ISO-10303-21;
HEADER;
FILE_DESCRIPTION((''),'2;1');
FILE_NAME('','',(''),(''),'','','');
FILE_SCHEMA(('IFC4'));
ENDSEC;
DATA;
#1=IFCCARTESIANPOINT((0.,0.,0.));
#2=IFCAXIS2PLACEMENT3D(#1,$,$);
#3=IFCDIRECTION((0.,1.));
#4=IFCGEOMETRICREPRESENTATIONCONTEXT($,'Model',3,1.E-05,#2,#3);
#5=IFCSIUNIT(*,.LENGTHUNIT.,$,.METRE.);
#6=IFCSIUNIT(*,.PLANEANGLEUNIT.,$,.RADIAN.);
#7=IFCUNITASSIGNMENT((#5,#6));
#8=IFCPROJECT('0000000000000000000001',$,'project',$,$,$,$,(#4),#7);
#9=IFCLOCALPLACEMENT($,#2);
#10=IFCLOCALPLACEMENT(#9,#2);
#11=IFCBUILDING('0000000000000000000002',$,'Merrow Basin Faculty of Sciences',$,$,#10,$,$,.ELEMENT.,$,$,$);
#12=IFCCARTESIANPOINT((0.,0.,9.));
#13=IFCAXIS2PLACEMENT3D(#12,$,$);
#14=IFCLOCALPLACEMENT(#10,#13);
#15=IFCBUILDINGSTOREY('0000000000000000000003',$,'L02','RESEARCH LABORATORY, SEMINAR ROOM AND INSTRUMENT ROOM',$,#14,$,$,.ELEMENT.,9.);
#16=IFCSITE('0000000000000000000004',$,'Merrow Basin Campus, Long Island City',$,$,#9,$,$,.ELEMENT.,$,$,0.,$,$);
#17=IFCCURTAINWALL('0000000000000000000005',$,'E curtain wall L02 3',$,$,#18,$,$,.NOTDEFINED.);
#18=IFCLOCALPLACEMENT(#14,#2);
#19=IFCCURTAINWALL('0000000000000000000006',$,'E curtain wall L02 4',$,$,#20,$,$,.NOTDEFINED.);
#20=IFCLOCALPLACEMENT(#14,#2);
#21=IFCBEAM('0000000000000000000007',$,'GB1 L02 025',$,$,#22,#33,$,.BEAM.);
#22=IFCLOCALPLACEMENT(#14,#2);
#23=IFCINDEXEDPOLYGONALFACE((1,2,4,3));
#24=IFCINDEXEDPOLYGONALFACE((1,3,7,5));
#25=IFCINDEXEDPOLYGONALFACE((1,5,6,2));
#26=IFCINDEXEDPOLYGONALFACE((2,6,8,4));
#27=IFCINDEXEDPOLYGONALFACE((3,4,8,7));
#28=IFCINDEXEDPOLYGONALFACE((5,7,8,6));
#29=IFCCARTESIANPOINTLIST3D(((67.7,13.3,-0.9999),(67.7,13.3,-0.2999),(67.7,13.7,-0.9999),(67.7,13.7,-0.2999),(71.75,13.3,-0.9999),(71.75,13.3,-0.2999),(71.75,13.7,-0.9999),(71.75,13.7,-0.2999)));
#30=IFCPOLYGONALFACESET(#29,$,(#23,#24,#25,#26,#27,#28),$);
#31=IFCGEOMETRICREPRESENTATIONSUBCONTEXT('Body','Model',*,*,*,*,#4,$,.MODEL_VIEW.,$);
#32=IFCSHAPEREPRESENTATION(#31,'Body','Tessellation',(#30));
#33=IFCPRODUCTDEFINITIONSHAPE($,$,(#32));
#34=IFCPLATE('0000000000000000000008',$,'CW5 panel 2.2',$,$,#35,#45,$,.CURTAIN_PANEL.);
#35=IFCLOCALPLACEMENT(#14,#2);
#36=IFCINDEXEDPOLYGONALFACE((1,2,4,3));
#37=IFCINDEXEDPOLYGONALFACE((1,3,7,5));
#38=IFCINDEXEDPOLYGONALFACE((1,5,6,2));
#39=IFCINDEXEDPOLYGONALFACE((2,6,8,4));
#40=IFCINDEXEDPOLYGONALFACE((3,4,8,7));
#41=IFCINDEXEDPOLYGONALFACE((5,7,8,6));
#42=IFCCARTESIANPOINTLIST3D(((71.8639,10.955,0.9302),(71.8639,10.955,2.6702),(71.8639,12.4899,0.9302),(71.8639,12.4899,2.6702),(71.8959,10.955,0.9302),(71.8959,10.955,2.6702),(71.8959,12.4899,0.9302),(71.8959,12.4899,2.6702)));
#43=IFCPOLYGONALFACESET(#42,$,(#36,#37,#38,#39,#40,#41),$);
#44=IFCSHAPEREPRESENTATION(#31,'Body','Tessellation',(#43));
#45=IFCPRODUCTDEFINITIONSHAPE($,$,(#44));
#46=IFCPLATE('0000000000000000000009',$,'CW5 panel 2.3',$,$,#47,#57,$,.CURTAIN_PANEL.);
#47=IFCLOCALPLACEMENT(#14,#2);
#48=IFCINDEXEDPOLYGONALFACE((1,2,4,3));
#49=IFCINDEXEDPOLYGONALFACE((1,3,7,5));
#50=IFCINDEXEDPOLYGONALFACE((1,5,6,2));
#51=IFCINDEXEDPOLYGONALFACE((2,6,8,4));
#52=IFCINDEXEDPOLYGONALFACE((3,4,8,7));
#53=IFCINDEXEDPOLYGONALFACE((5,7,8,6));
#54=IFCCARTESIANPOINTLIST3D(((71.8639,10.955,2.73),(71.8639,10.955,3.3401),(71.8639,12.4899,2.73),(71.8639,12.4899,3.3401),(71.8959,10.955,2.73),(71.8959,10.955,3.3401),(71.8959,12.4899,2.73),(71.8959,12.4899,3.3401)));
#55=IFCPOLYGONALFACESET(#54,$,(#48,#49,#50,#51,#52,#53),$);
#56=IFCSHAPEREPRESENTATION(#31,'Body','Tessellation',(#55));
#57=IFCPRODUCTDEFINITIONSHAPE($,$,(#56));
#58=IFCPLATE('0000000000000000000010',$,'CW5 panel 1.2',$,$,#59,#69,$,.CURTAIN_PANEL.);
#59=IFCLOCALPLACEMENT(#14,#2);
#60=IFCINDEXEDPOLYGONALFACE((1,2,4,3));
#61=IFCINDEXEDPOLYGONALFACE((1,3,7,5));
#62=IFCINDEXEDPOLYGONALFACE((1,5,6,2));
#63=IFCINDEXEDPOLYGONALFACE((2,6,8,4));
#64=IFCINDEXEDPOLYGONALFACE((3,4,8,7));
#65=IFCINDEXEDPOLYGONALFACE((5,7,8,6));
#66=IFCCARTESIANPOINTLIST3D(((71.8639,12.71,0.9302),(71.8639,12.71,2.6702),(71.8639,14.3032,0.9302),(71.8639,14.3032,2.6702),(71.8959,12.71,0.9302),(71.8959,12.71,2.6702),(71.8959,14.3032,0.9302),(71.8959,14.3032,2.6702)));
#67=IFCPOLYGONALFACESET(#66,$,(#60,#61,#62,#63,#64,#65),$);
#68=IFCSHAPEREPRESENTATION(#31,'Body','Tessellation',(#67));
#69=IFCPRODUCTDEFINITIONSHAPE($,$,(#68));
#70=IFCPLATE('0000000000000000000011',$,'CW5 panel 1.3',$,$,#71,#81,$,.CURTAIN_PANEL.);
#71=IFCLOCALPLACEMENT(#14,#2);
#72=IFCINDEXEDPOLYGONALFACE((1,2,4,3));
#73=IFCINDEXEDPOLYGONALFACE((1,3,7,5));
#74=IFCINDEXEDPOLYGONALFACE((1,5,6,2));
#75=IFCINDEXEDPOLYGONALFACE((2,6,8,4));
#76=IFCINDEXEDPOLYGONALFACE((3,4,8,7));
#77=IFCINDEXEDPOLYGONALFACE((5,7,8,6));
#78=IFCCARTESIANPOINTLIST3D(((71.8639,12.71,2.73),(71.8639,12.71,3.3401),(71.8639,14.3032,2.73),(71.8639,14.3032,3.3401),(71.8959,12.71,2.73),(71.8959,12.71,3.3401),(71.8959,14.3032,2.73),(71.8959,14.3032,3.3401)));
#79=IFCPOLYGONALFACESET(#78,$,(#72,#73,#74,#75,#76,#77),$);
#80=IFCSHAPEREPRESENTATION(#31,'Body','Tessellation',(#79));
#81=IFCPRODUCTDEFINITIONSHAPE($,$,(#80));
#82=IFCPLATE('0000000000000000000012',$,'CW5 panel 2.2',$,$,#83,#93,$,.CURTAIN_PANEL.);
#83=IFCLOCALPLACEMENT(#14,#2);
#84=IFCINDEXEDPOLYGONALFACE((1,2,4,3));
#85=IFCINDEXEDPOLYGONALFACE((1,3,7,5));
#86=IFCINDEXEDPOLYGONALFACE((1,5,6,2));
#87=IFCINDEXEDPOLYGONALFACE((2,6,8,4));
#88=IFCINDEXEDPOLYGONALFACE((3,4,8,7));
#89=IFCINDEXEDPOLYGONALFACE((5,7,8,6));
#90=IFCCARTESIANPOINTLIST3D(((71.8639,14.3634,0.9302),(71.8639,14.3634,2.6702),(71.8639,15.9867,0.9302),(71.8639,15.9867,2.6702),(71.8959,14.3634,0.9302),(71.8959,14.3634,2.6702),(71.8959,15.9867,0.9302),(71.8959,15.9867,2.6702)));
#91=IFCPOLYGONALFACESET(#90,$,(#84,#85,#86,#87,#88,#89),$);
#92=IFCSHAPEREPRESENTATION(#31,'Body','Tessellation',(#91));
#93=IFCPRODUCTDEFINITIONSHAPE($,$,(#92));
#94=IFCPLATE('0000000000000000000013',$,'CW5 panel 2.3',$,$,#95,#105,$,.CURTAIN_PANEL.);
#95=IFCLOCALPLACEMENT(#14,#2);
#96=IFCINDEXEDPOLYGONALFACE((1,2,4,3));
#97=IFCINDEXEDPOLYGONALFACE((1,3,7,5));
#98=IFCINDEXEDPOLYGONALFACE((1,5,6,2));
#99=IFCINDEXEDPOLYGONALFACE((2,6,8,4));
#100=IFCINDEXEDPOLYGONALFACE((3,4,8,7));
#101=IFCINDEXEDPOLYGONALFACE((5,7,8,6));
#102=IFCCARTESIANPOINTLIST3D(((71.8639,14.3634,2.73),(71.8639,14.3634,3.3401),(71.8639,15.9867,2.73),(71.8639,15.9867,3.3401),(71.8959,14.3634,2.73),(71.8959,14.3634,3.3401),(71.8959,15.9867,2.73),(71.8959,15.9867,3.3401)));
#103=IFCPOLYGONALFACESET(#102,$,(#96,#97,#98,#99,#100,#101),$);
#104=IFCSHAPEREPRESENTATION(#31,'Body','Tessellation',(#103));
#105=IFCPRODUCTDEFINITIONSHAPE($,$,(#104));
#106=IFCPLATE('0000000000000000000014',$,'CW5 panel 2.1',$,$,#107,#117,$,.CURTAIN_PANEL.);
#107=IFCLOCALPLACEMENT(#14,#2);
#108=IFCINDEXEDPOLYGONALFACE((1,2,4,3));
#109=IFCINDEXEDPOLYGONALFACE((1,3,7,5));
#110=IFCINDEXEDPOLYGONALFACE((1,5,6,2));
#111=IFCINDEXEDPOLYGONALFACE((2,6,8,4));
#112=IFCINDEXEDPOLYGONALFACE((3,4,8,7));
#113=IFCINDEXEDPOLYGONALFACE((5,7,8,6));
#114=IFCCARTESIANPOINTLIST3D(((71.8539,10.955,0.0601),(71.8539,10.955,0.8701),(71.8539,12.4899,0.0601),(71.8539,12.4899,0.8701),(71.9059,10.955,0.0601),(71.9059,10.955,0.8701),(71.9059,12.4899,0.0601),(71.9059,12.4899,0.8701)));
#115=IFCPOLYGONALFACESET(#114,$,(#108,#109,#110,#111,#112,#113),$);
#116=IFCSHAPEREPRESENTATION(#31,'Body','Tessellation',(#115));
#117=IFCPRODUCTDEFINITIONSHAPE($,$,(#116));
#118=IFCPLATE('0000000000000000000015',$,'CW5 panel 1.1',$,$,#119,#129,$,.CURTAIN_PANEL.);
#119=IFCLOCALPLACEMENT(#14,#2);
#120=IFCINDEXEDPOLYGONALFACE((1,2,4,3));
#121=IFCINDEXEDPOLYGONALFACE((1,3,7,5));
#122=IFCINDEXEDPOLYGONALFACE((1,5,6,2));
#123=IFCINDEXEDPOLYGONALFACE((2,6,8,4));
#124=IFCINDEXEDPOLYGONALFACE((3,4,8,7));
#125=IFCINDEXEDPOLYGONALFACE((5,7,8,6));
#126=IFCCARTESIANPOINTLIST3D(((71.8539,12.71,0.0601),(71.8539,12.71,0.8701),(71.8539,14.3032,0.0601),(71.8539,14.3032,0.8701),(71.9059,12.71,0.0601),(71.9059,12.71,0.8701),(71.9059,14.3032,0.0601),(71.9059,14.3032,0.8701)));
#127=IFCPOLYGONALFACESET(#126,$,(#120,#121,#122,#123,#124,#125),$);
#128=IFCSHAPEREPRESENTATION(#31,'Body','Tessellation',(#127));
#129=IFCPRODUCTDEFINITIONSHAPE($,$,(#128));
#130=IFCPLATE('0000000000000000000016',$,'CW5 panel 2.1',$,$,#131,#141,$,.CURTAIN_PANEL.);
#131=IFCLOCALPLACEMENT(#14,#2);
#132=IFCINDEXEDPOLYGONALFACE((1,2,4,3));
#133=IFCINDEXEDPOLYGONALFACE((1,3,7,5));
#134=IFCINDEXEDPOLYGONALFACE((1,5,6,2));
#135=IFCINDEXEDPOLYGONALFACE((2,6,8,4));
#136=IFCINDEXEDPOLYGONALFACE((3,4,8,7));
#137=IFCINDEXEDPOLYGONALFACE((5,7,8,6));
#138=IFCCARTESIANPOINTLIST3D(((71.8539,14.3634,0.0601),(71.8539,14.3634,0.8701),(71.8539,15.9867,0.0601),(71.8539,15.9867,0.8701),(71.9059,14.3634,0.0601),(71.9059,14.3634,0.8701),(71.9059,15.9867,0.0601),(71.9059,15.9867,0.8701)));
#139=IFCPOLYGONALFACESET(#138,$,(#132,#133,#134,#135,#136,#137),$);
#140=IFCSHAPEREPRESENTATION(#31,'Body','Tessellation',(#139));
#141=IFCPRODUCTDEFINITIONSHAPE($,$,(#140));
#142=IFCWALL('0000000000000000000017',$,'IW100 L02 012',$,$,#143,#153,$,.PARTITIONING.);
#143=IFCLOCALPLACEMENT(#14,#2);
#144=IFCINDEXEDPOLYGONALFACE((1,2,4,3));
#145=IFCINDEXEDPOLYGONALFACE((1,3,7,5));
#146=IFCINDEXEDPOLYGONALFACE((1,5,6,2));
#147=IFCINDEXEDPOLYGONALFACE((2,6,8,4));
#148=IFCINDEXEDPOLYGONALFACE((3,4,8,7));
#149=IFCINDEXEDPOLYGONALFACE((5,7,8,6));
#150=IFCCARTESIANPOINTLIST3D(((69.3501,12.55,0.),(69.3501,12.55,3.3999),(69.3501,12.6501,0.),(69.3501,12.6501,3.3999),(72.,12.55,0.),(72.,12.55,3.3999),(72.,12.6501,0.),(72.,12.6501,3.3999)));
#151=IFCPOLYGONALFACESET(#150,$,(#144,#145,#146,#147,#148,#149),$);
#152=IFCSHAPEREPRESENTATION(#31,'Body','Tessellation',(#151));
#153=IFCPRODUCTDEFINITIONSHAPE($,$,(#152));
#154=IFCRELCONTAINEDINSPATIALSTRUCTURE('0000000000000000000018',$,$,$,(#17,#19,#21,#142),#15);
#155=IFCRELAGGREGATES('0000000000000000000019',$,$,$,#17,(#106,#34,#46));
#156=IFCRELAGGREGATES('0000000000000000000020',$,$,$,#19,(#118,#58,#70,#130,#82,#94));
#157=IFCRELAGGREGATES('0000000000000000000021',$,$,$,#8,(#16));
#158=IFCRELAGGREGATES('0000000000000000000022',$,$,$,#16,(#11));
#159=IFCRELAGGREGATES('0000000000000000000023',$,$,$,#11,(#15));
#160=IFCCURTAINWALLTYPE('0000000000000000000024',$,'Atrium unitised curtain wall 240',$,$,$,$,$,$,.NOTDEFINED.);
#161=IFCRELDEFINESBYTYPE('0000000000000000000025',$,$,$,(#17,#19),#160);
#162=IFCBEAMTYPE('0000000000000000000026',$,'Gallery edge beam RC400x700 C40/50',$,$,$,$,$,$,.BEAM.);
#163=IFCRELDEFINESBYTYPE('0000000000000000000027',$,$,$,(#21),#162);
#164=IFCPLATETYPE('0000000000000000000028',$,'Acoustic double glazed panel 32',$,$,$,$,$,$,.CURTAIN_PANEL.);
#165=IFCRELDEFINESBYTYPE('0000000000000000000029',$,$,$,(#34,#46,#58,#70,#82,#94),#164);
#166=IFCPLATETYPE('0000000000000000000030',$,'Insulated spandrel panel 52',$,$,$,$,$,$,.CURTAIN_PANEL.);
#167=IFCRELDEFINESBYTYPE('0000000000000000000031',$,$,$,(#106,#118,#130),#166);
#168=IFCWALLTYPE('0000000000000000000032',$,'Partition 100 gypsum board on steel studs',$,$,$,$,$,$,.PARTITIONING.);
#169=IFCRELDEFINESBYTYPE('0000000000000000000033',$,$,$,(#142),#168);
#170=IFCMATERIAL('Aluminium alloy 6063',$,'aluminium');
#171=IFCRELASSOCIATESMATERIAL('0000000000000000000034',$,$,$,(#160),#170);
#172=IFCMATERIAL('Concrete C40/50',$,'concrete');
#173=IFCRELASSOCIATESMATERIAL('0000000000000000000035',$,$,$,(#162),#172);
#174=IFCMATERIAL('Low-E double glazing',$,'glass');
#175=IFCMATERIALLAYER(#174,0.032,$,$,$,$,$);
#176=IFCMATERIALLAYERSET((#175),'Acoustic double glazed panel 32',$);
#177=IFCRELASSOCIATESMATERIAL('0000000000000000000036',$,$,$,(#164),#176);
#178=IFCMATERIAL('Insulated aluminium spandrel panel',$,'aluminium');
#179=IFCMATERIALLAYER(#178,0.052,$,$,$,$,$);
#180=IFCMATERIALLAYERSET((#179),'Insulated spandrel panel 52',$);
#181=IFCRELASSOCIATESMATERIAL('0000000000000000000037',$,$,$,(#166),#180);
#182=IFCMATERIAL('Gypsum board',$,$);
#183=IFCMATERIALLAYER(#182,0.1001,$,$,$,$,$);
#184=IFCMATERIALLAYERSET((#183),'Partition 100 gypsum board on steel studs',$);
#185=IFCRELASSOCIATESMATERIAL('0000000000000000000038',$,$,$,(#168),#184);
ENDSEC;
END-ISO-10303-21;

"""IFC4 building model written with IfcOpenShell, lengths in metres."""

from ifc_helpers import new_model, si_unit, direction, frame, frame_2d, origin, origin_2d, place, context, subcontext, project, spatial, rectangle, extrude, material, layer, layer_set, material_profile, profile_set, type_object, element, aggregate, save


model = new_model("IFC4")

# Units and contexts
model_context = context("Model", 3, precision=1e-05, world=origin(), true_north=direction((0.0, 1.0)))
body_context = subcontext(model_context, "Body", "Model", "MODEL_VIEW")
ifc_project = project(units=[si_unit("LENGTHUNIT", "METRE"), si_unit("PLANEANGLEUNIT", "RADIAN")], contexts=[model_context])

# Site, building, storey
site_placement = place(None, origin())
site = spatial("IfcSite", under=ifc_project, at=site_placement, Name="Merrow Basin Campus, Long Island City", CompositionType="ELEMENT", RefElevation=0.0)
building_placement = place(site_placement, origin())
building = spatial("IfcBuilding", under=site, at=building_placement, Name="Merrow Basin Faculty of Sciences", CompositionType="ELEMENT")
storey_placement = place(building_placement, frame((0.0, 0.0, 9.0)))
storey = spatial("IfcBuildingStorey", under=building, at=storey_placement, Name="L02", Description="RESEARCH LABORATORY, SEMINAR ROOM AND INSTRUMENT ROOM", CompositionType="ELEMENT", Elevation=9.0)

# Curtain wall
ifc_material_1 = material(Name="Aluminium alloy 6063", Category="aluminium")
curtain_wall_type = type_object("IfcCurtainWallType", Name="Atrium unitised curtain wall 240", PredefinedType="NOTDEFINED", material=ifc_material_1)
curtain_wall_1_placement = place(storey_placement, origin())
curtain_wall_1 = element("IfcCurtainWall", 1, at=curtain_wall_1_placement, inside=storey, type_object=curtain_wall_type, Name="E curtain wall L02 3", PredefinedType="NOTDEFINED")

# Curtain wall
curtain_wall_2_placement = place(storey_placement, origin())
curtain_wall_2 = element("IfcCurtainWall", 2, at=curtain_wall_2_placement, inside=storey, type_object=curtain_wall_type, Name="E curtain wall L02 4", PredefinedType="NOTDEFINED")

# Beam
ifc_material_2 = material(Name="Concrete C40/50", Category="concrete")
ifc_material_profile_1 = material_profile(ifc_material_2, rectangle(XDim=0.3999, YDim=0.7, at=origin_2d()))
ifc_profile_set_1 = profile_set([ifc_material_profile_1], Name="Concrete C40/50")
beam_type = type_object("IfcBeamType", Name="Gallery edge beam RC400x700 C40/50", PredefinedType="BEAM", material=ifc_profile_set_1)
beam_placement = place(storey_placement, frame((67.7, 13.5, -0.6499), z_axis=(1.0, 0.0, 0.0), x_axis=(0.0, 1.0, 0.0)))
element("IfcBeam", 3, at=beam_placement, inside=storey, type_object=beam_type, Name="GB1 L02 025", PredefinedType="BEAM", context=body_context, shape_type="SweptSolid", body=[
    extrude(rectangle(XDim=0.3999, YDim=0.7, at=origin_2d()), origin(), (0.0, 0.0, 1.0), 4.05),
])

# Plates
ifc_material_3 = material(Name="Low-E double glazing", Category="glass")
ifc_layer_1 = layer(ifc_material_3, 0.032)
ifc_layer_set_1 = layer_set([ifc_layer_1], Name="Acoustic double glazed panel 32")
plate_type_1 = type_object("IfcPlateType", Name="Acoustic double glazed panel 32", PredefinedType="CURTAIN_PANEL", material=ifc_layer_set_1)
plate_1_placement = place(storey_placement, frame((71.8799, 11.7224, 0.9302), z_axis=(0.0, 0.0, 1.0), x_axis=(0.0, 1.0, 0.0)))
plate_1 = element("IfcPlate", 4, at=plate_1_placement, type_object=plate_type_1, Name="CW5 panel 2.2", PredefinedType="CURTAIN_PANEL", context=body_context, shape_type="SweptSolid", body=[
    extrude(rectangle(XDim=1.5349, YDim=0.032, at=origin_2d()), origin(), (0.0, 0.0, 1.0), 1.74),
])
plate_2_placement = place(storey_placement, frame((71.8799, 11.7224, 2.73), z_axis=(0.0, 0.0, 1.0), x_axis=(0.0, 1.0, 0.0)))
plate_2 = element("IfcPlate", 5, at=plate_2_placement, type_object=plate_type_1, Name="CW5 panel 2.3", PredefinedType="CURTAIN_PANEL", context=body_context, shape_type="SweptSolid", body=[
    extrude(rectangle(XDim=1.5349, YDim=0.032, at=origin_2d()), origin(), (0.0, 0.0, 1.0), 0.6101),
])
plate_3_placement = place(storey_placement, frame((71.8799, 13.5066, 0.9302), z_axis=(0.0, 0.0, 1.0), x_axis=(0.0, 1.0, 0.0)))
plate_3 = element("IfcPlate", 6, at=plate_3_placement, type_object=plate_type_1, Name="CW5 panel 1.2", PredefinedType="CURTAIN_PANEL", context=body_context, shape_type="SweptSolid", body=[
    extrude(rectangle(XDim=1.5933, YDim=0.032, at=origin_2d()), origin(), (0.0, 0.0, 1.0), 1.74),
])
plate_4_placement = place(storey_placement, frame((71.8799, 13.5066, 2.73), z_axis=(0.0, 0.0, 1.0), x_axis=(0.0, 1.0, 0.0)))
plate_4 = element("IfcPlate", 7, at=plate_4_placement, type_object=plate_type_1, Name="CW5 panel 1.3", PredefinedType="CURTAIN_PANEL", context=body_context, shape_type="SweptSolid", body=[
    extrude(rectangle(XDim=1.5933, YDim=0.032, at=origin_2d()), origin(), (0.0, 0.0, 1.0), 0.6101),
])
plate_5_placement = place(storey_placement, frame((71.8799, 15.175, 0.9302), z_axis=(0.0, 0.0, 1.0), x_axis=(0.0, 1.0, 0.0)))
plate_5 = element("IfcPlate", 8, at=plate_5_placement, type_object=plate_type_1, Name="CW5 panel 2.2", PredefinedType="CURTAIN_PANEL", context=body_context, shape_type="SweptSolid", body=[
    extrude(rectangle(XDim=1.6233, YDim=0.032, at=origin_2d()), origin(), (0.0, 0.0, 1.0), 1.74),
])
plate_6_placement = place(storey_placement, frame((71.8799, 15.175, 2.73), z_axis=(0.0, 0.0, 1.0), x_axis=(0.0, 1.0, 0.0)))
plate_6 = element("IfcPlate", 9, at=plate_6_placement, type_object=plate_type_1, Name="CW5 panel 2.3", PredefinedType="CURTAIN_PANEL", context=body_context, shape_type="SweptSolid", body=[
    extrude(rectangle(XDim=1.6233, YDim=0.032, at=origin_2d()), origin(), (0.0, 0.0, 1.0), 0.6101),
])
ifc_material_4 = material(Name="Insulated aluminium spandrel panel", Category="aluminium")
ifc_layer_2 = layer(ifc_material_4, 0.052)
ifc_layer_set_2 = layer_set([ifc_layer_2], Name="Insulated spandrel panel 52")
plate_type_2 = type_object("IfcPlateType", Name="Insulated spandrel panel 52", PredefinedType="CURTAIN_PANEL", material=ifc_layer_set_2)
plate_7_placement = place(storey_placement, frame((71.8799, 11.7224, 0.0601), z_axis=(0.0, 0.0, 1.0), x_axis=(0.0, 1.0, 0.0)))
plate_7 = element("IfcPlate", 10, at=plate_7_placement, type_object=plate_type_2, Name="CW5 panel 2.1", PredefinedType="CURTAIN_PANEL", context=body_context, shape_type="SweptSolid", body=[
    extrude(rectangle(XDim=1.5349, YDim=0.052, at=origin_2d()), origin(), (0.0, 0.0, 1.0), 0.8101),
])
aggregate(curtain_wall_1, [plate_7, plate_1, plate_2])
plate_8_placement = place(storey_placement, frame((71.8799, 13.5066, 0.0601), z_axis=(0.0, 0.0, 1.0), x_axis=(0.0, 1.0, 0.0)))
plate_8 = element("IfcPlate", 11, at=plate_8_placement, type_object=plate_type_2, Name="CW5 panel 1.1", PredefinedType="CURTAIN_PANEL", context=body_context, shape_type="SweptSolid", body=[
    extrude(rectangle(XDim=1.5933, YDim=0.052, at=origin_2d()), origin(), (0.0, 0.0, 1.0), 0.8101),
])
plate_9_placement = place(storey_placement, frame((71.8799, 15.175, 0.0601), z_axis=(0.0, 0.0, 1.0), x_axis=(0.0, 1.0, 0.0)))
plate_9 = element("IfcPlate", 12, at=plate_9_placement, type_object=plate_type_2, Name="CW5 panel 2.1", PredefinedType="CURTAIN_PANEL", context=body_context, shape_type="SweptSolid", body=[
    extrude(rectangle(XDim=1.6233, YDim=0.052, at=origin_2d()), origin(), (0.0, 0.0, 1.0), 0.8101),
])
aggregate(curtain_wall_2, [plate_8, plate_3, plate_4, plate_9, plate_5, plate_6])

# Wall
ifc_material_5 = material(Name="Gypsum board")
ifc_layer_3 = layer(ifc_material_5, 0.1001)
ifc_layer_set_3 = layer_set([ifc_layer_3], Name="Partition 100 gypsum board on steel studs")
wall_type = type_object("IfcWallType", Name="Partition 100 gypsum board on steel studs", PredefinedType="PARTITIONING", material=ifc_layer_set_3)
wall_placement = place(storey_placement, frame((69.3501, 12.6001, 0.0), z_axis=(0.0, 0.0, 1.0), x_axis=(1.0, 0.0, 0.0)))
element("IfcWall", 13, at=wall_placement, inside=storey, type_object=wall_type, Name="IW100 L02 012", PredefinedType="PARTITIONING", context=body_context, shape_type="SweptSolid", body=[
    extrude(rectangle(XDim=2.6499, YDim=0.1001, at=frame_2d((1.325, 0.0))), origin(), (0.0, 0.0, 1.0), 3.3999),
])

save(model, "model.ifc")
